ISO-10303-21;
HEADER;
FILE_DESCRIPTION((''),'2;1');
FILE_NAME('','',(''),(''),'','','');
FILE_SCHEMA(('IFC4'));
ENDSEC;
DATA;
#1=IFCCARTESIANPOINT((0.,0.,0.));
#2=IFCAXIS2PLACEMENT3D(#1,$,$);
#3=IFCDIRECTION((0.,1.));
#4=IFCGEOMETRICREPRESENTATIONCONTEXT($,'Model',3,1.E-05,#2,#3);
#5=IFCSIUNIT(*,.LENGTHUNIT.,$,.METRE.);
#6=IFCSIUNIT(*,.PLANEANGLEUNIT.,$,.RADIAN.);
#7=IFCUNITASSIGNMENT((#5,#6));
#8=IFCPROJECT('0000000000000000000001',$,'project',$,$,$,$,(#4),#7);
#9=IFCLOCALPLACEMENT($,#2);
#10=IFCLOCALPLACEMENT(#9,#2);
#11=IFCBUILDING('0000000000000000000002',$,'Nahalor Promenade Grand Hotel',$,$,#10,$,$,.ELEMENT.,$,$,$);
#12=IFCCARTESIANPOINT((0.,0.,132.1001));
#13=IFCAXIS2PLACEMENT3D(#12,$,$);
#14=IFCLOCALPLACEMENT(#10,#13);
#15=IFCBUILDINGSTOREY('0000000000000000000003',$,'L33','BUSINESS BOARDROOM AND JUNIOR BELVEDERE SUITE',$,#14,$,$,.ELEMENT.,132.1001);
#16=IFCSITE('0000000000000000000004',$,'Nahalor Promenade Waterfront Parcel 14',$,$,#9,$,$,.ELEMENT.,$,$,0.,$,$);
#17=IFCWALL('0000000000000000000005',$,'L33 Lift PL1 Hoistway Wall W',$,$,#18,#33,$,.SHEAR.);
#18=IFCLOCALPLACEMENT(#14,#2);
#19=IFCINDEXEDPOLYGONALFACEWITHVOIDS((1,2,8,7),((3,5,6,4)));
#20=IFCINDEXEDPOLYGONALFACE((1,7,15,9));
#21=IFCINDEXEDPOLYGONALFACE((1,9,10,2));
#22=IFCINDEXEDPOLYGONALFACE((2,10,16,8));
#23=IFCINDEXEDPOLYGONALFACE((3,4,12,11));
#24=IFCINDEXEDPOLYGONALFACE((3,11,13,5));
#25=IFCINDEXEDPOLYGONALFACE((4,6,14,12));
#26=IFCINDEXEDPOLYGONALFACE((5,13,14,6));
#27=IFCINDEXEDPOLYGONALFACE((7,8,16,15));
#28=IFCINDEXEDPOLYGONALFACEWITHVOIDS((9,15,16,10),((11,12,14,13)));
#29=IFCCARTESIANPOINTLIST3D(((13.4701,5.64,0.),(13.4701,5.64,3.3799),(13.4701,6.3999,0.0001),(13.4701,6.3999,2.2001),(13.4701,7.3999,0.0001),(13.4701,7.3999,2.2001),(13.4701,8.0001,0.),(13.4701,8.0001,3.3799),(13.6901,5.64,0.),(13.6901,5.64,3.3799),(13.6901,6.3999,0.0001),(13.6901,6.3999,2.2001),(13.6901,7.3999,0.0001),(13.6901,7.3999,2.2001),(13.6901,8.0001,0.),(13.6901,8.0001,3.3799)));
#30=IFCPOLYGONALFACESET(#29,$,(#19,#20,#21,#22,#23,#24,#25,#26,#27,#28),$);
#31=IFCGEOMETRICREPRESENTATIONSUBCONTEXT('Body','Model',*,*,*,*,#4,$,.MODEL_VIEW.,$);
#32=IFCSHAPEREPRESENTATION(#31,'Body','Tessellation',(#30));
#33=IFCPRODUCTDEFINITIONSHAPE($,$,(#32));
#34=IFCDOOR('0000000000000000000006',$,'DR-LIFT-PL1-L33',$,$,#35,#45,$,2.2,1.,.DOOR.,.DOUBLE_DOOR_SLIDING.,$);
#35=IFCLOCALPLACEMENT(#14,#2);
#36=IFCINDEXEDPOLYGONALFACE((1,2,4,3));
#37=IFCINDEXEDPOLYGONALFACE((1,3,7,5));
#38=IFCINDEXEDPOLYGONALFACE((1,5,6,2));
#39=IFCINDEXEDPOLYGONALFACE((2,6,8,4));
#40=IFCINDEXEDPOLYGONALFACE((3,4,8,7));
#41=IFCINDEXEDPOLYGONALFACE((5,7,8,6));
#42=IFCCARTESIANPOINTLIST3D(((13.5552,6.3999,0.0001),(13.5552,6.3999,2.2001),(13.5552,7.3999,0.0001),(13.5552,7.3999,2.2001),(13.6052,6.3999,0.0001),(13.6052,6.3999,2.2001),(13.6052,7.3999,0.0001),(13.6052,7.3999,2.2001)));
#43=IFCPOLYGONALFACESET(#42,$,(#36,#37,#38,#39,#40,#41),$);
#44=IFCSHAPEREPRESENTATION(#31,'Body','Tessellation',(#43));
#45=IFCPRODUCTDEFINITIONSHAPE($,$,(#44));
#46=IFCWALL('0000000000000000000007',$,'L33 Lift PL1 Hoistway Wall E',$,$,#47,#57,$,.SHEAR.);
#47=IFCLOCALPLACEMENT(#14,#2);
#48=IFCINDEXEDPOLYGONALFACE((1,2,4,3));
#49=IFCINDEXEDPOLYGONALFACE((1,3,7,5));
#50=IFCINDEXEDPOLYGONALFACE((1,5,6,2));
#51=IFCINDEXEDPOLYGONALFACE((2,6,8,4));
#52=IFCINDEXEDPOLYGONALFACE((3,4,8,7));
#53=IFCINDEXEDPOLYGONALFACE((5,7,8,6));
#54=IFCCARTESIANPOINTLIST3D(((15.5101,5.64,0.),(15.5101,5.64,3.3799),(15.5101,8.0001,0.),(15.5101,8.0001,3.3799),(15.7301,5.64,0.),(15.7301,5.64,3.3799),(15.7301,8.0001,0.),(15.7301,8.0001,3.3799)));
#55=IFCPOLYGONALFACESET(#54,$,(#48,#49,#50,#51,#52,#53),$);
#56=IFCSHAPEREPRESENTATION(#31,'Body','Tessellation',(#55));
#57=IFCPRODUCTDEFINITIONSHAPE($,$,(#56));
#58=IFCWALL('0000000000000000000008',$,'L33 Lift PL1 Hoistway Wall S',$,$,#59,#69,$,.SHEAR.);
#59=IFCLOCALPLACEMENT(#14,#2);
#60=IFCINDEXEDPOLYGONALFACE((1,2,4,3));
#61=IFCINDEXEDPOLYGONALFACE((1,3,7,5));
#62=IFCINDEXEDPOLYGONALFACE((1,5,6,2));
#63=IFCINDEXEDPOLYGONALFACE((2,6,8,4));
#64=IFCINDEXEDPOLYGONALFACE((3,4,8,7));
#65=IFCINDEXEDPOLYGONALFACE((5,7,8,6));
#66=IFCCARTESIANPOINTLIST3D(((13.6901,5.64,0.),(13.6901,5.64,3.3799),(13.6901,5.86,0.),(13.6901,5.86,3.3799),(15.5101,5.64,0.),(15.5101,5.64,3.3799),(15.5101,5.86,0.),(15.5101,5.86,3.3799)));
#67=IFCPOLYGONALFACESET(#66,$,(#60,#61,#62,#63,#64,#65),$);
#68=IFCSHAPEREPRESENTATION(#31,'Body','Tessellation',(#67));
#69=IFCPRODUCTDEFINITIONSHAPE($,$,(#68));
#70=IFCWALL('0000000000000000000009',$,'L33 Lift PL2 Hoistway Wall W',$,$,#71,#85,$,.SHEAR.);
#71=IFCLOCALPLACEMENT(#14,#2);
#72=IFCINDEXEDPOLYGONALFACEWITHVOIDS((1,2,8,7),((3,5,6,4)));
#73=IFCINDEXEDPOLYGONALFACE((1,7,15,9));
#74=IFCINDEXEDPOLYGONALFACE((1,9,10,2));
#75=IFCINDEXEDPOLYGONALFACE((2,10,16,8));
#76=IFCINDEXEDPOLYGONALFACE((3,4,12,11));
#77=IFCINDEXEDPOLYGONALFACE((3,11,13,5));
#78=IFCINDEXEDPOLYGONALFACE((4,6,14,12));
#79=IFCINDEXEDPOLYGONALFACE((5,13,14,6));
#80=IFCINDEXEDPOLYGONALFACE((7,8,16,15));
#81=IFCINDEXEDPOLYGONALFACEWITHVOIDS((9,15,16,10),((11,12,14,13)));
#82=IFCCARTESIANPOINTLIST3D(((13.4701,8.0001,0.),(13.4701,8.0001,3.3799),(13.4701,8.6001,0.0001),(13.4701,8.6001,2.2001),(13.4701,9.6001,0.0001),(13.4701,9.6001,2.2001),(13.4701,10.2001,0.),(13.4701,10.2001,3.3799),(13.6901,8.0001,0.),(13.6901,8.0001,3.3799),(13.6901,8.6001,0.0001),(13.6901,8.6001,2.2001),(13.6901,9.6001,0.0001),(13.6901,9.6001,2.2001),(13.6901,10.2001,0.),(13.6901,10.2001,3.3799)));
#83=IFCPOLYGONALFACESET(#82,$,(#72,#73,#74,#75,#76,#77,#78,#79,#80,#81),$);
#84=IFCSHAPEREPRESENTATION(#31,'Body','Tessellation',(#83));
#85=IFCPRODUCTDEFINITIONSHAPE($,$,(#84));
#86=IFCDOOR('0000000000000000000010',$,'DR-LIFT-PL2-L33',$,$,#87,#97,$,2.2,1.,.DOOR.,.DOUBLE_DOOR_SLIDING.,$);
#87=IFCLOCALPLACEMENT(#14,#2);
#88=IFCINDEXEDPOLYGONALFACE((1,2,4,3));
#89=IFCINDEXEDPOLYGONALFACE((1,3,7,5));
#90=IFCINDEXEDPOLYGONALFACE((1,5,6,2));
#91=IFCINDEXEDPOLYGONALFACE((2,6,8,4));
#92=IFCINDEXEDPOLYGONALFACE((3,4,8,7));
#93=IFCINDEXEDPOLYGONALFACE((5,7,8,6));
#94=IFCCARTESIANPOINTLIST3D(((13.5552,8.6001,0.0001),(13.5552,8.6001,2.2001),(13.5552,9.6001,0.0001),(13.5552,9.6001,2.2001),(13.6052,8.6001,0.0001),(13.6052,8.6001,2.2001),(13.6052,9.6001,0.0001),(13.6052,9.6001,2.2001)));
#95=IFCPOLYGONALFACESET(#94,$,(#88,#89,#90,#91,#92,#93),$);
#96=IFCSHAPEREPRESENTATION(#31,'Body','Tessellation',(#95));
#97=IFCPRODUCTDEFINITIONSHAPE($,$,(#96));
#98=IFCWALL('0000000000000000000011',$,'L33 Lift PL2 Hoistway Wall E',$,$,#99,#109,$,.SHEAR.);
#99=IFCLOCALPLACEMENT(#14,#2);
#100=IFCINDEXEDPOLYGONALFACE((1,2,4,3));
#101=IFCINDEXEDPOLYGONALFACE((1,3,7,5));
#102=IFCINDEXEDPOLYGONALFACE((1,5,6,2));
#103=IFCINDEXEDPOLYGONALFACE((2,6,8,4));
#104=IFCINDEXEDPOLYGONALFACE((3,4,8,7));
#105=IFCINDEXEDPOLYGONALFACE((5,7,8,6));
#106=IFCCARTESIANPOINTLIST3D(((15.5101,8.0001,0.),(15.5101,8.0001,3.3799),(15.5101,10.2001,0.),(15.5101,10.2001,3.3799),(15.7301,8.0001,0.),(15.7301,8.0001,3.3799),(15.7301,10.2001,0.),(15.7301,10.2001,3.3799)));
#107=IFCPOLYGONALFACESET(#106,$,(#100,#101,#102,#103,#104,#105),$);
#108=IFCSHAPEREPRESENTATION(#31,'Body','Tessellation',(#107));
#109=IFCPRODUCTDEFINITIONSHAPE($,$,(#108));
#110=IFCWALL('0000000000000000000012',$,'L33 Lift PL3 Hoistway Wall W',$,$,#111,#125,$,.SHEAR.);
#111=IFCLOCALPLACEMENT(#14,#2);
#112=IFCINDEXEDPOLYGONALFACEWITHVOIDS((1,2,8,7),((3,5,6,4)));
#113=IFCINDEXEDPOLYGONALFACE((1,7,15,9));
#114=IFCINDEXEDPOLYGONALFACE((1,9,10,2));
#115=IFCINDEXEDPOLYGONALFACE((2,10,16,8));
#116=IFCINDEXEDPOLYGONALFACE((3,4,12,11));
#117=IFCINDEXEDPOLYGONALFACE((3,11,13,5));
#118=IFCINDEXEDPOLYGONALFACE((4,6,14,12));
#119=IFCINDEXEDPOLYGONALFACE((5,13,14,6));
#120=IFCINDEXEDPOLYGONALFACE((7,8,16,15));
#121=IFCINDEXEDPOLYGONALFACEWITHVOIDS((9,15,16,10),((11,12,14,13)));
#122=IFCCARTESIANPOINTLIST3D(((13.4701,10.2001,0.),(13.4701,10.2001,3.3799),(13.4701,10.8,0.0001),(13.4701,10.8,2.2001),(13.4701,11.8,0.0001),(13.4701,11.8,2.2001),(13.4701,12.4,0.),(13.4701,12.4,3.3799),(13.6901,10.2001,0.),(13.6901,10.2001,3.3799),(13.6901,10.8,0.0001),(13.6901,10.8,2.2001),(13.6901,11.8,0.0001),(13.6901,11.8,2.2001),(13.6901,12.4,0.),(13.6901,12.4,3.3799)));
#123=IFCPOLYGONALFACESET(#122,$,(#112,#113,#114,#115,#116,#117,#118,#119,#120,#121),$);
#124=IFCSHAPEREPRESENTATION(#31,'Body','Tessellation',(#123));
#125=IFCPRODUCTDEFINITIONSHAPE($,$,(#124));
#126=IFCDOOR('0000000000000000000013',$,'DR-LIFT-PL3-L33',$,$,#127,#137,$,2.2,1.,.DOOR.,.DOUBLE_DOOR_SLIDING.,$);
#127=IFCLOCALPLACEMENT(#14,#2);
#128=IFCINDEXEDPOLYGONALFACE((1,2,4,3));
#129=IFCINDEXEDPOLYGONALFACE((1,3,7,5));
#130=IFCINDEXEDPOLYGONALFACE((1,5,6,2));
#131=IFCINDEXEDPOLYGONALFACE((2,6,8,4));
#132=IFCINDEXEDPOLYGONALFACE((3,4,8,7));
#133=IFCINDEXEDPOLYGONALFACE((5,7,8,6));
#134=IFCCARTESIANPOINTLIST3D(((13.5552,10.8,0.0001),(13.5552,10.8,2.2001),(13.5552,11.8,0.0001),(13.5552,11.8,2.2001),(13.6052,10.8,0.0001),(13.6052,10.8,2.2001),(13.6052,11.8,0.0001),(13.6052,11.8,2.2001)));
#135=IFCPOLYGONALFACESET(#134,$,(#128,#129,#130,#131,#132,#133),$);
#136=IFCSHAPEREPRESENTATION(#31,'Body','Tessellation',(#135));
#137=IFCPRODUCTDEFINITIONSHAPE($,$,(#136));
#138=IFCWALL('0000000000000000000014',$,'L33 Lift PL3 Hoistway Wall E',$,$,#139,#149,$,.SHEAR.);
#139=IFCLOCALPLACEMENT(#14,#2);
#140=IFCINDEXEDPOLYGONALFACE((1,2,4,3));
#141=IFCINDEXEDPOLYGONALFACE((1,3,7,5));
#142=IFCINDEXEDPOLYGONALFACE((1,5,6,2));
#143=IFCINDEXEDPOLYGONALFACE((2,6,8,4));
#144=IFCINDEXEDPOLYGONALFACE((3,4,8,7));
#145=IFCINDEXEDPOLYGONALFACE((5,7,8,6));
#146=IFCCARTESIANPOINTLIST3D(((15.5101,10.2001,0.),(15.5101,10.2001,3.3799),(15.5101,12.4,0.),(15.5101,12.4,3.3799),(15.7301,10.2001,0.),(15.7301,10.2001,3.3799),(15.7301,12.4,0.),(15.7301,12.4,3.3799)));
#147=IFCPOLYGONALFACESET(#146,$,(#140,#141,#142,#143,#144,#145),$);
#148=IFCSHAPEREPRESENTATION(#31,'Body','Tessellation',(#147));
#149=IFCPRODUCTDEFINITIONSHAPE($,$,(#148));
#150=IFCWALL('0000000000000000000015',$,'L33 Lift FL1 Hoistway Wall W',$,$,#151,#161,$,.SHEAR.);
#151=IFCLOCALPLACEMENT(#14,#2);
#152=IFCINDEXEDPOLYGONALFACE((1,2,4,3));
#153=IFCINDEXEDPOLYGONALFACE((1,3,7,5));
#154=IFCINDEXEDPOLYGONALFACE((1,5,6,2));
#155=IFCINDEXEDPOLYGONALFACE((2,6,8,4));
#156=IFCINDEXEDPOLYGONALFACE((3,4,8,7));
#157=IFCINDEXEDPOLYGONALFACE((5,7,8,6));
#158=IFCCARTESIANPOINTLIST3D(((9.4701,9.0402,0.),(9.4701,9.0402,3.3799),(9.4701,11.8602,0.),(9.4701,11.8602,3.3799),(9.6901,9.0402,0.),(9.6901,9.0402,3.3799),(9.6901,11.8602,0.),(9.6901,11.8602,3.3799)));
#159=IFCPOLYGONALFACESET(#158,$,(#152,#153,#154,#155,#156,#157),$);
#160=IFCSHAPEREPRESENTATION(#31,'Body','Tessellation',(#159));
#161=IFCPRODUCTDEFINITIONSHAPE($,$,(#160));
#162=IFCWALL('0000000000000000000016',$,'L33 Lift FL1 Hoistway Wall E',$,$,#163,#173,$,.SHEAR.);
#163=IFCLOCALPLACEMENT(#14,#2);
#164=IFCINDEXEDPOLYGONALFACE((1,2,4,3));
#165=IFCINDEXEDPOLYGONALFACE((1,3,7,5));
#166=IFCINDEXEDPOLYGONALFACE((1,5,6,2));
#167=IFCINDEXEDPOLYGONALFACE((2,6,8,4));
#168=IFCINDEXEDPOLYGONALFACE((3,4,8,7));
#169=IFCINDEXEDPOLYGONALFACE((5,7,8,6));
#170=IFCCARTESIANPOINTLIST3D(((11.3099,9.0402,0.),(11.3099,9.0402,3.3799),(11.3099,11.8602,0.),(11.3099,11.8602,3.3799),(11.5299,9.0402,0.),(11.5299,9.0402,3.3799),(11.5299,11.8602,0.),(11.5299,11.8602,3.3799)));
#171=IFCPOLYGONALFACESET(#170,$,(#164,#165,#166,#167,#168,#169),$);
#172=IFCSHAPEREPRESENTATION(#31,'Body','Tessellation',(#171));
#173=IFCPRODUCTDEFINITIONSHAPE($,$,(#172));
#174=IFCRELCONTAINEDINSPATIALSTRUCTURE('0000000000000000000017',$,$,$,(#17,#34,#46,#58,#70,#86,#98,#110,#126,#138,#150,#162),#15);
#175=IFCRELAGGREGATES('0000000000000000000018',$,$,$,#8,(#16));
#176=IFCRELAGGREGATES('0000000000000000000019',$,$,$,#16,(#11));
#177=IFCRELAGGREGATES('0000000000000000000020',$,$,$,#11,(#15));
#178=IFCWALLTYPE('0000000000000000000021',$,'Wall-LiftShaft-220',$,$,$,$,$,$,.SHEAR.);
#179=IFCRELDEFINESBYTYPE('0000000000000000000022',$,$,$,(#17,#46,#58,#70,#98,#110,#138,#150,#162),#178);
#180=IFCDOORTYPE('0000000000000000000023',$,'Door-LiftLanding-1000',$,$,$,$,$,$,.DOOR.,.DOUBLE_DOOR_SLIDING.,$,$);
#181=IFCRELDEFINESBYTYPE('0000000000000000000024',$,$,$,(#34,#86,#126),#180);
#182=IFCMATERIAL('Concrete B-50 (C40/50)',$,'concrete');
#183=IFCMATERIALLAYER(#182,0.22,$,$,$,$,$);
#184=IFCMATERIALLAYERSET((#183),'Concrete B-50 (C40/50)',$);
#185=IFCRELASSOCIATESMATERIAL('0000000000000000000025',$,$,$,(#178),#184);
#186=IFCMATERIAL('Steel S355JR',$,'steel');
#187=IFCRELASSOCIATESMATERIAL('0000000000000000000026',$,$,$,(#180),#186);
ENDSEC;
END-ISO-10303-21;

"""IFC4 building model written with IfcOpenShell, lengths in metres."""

from ifc_helpers import new_model, si_unit, direction, frame, frame_2d, origin, place, context, subcontext, project, spatial, rectangle, extrude, source, transform, mapped, material, layer, layer_set, type_object, element, fill, save


model = new_model("IFC4")

# Units and contexts
model_context = context("Model", 3, precision=1e-05, world=origin(), true_north=direction((0.0, 1.0)))
body_context = subcontext(model_context, "Body", "Model", "MODEL_VIEW")
ifc_project = project(units=[si_unit("LENGTHUNIT", "METRE"), si_unit("PLANEANGLEUNIT", "RADIAN")], contexts=[model_context])

# Site, building, storey
site_placement = place(None, origin())
site = spatial("IfcSite", under=ifc_project, at=site_placement, Name="Nahalor Promenade Waterfront Parcel 14", CompositionType="ELEMENT", RefElevation=0.0)
building_placement = place(site_placement, origin())
building = spatial("IfcBuilding", under=site, at=building_placement, Name="Nahalor Promenade Grand Hotel", CompositionType="ELEMENT")
storey_placement = place(building_placement, frame((0.0, 0.0, 132.1001)))
storey = spatial("IfcBuildingStorey", under=building, at=storey_placement, Name="L33", Description="BUSINESS BOARDROOM AND JUNIOR BELVEDERE SUITE", CompositionType="ELEMENT", Elevation=132.1001)

# Shared definitions
ifc_material_1 = material(Name="Steel S355JR", Category="steel")

# Shared definitions
ifc_material_2 = material(Name="Concrete B-50 (C40/50)", Category="concrete")

# Shared definitions
ifc_layer_1 = layer(ifc_material_2, 0.22)
ifc_layer_set_1 = layer_set([ifc_layer_1], Name="Concrete B-50 (C40/50)")
wall_type_1 = type_object("IfcWallType", Name="Wall-LiftShaft-220", PredefinedType="SHEAR", material=ifc_layer_set_1)

# Wall, opening, door
shared_shape_1 = source(origin(), body_context, "Body", "SweptSolid", [
    extrude(rectangle(XDim=2.3601, YDim=0.22, at=frame_2d((1.1802, 0.0))), origin(), (0.0, 0.0, 1.0), 3.3799),
])
wall_1_placement = place(storey_placement, frame((13.5801, 5.6399, 0.0), z_axis=(0.0, 0.0, 1.0), x_axis=(0.0, 1.0, 0.0)))
wall_1 = element("IfcWall", 1, at=wall_1_placement, inside=storey, type_object=wall_type_1, Name="L33 Lift PL1 Hoistway Wall W", PredefinedType="SHEAR", context=body_context, shape_type="MappedRepresentation", body=[
    mapped(shared_shape_1, transform((0.0, 0.0, 0.0), scale=1.0)),
])
opening_1_placement = place(wall_1_placement, frame((0.76, 0.0, 0.0)))
opening_1 = element("IfcOpeningElement", 2, at=opening_1_placement, cuts=wall_1, PredefinedType="OPENING", context=body_context, shape_type="SweptSolid", body=[
    extrude(rectangle(XDim=1.0, YDim=2.2, at=frame_2d((0.5, 1.1001))), frame((0.0, 0.1199, 0.0), z_axis=(0.0, -1.0, 0.0), x_axis=(1.0, 0.0, 0.0)), (0.0, 0.0, 1.0), 0.24),
])
door_type_1 = type_object("IfcDoorType", Name="Door-LiftLanding-1000", OperationType="DOUBLE_DOOR_SLIDING", PredefinedType="DOOR", material=ifc_material_1)
shared_shape_2 = source(origin(), body_context, "Body", "SweptSolid", [
    extrude(rectangle(XDim=1.0, YDim=2.2, at=frame_2d((0.5, 1.1001))), frame((0.0, 0.0249, 0.0), z_axis=(0.0, -1.0, 0.0), x_axis=(1.0, 0.0, 0.0)), (0.0, 0.0, 1.0), 0.05),
])
door_1_placement = place(opening_1_placement, origin())
door_1 = element("IfcDoor", 3, at=door_1_placement, inside=storey, type_object=door_type_1, Name="DR-LIFT-PL1-L33", OperationType="DOUBLE_DOOR_SLIDING", OverallHeight=2.2, OverallWidth=1.0, PredefinedType="DOOR", context=body_context, shape_type="MappedRepresentation", body=[
    mapped(shared_shape_2, transform((0.0, 0.0, 0.0), scale=1.0)),
])
fill(opening_1, door_1)

# Walls
wall_2_placement = place(storey_placement, frame((15.6201, 5.6399, 0.0), z_axis=(0.0, 0.0, 1.0), x_axis=(0.0, 1.0, 0.0)))
element("IfcWall", 4, at=wall_2_placement, inside=storey, type_object=wall_type_1, Name="L33 Lift PL1 Hoistway Wall E", PredefinedType="SHEAR", context=body_context, shape_type="MappedRepresentation", body=[
    mapped(shared_shape_1, transform((0.0, 0.0, 0.0), scale=1.0)),
])
shared_shape_3 = source(origin(), body_context, "Body", "SweptSolid", [
    extrude(rectangle(XDim=1.8201, YDim=0.22, at=frame_2d((0.9102, 0.0))), origin(), (0.0, 0.0, 1.0), 3.3799),
])
wall_3_placement = place(storey_placement, frame((13.6899, 5.75, 0.0), z_axis=(0.0, 0.0, 1.0), x_axis=(1.0, 0.0, 0.0)))
element("IfcWall", 5, at=wall_3_placement, inside=storey, type_object=wall_type_1, Name="L33 Lift PL1 Hoistway Wall S", PredefinedType="SHEAR", context=body_context, shape_type="MappedRepresentation", body=[
    mapped(shared_shape_3, transform((0.0, 0.0, 0.0), scale=1.0)),
])

# Wall, opening, door
shared_shape_4 = source(origin(), body_context, "Body", "SweptSolid", [
    extrude(rectangle(XDim=2.2, YDim=0.22, at=frame_2d((1.1001, 0.0))), origin(), (0.0, 0.0, 1.0), 3.3799),
])
wall_4_placement = place(storey_placement, frame((13.5801, 8.0, 0.0), z_axis=(0.0, 0.0, 1.0), x_axis=(0.0, 1.0, 0.0)))
wall_4 = element("IfcWall", 6, at=wall_4_placement, inside=storey, type_object=wall_type_1, Name="L33 Lift PL2 Hoistway Wall W", PredefinedType="SHEAR", context=body_context, shape_type="MappedRepresentation", body=[
    mapped(shared_shape_4, transform((0.0, 0.0, 0.0), scale=1.0)),
])
opening_2_placement = place(wall_4_placement, frame((0.6001, 0.0, 0.0)))
opening_2 = element("IfcOpeningElement", 7, at=opening_2_placement, cuts=wall_4, PredefinedType="OPENING", context=body_context, shape_type="SweptSolid", body=[
    extrude(rectangle(XDim=1.0, YDim=2.2, at=frame_2d((0.5, 1.1001))), frame((0.0, 0.1199, 0.0), z_axis=(0.0, -1.0, 0.0), x_axis=(1.0, 0.0, 0.0)), (0.0, 0.0, 1.0), 0.24),
])
door_2_placement = place(opening_2_placement, origin())
door_2 = element("IfcDoor", 8, at=door_2_placement, inside=storey, type_object=door_type_1, Name="DR-LIFT-PL2-L33", OperationType="DOUBLE_DOOR_SLIDING", OverallHeight=2.2, OverallWidth=1.0, PredefinedType="DOOR", context=body_context, shape_type="MappedRepresentation", body=[
    mapped(shared_shape_2, transform((0.0, 0.0, 0.0), scale=1.0)),
])
fill(opening_2, door_2)

# Wall
wall_5_placement = place(storey_placement, frame((15.6201, 8.0, 0.0), z_axis=(0.0, 0.0, 1.0), x_axis=(0.0, 1.0, 0.0)))
element("IfcWall", 9, at=wall_5_placement, inside=storey, type_object=wall_type_1, Name="L33 Lift PL2 Hoistway Wall E", PredefinedType="SHEAR", context=body_context, shape_type="MappedRepresentation", body=[
    mapped(shared_shape_4, transform((0.0, 0.0, 0.0), scale=1.0)),
])

# Wall, opening, door
wall_6_placement = place(storey_placement, frame((13.5801, 10.2, 0.0), z_axis=(0.0, 0.0, 1.0), x_axis=(0.0, 1.0, 0.0)))
wall_6 = element("IfcWall", 10, at=wall_6_placement, inside=storey, type_object=wall_type_1, Name="L33 Lift PL3 Hoistway Wall W", PredefinedType="SHEAR", context=body_context, shape_type="MappedRepresentation", body=[
    mapped(shared_shape_4, transform((0.0, 0.0, 0.0), scale=1.0)),
])
opening_3_placement = place(wall_6_placement, frame((0.6001, 0.0, 0.0)))
opening_3 = element("IfcOpeningElement", 11, at=opening_3_placement, cuts=wall_6, PredefinedType="OPENING", context=body_context, shape_type="SweptSolid", body=[
    extrude(rectangle(XDim=1.0, YDim=2.2, at=frame_2d((0.5, 1.1001))), frame((0.0, 0.1199, 0.0), z_axis=(0.0, -1.0, 0.0), x_axis=(1.0, 0.0, 0.0)), (0.0, 0.0, 1.0), 0.24),
])
door_3_placement = place(opening_3_placement, origin())
door_3 = element("IfcDoor", 12, at=door_3_placement, inside=storey, type_object=door_type_1, Name="DR-LIFT-PL3-L33", OperationType="DOUBLE_DOOR_SLIDING", OverallHeight=2.2, OverallWidth=1.0, PredefinedType="DOOR", context=body_context, shape_type="MappedRepresentation", body=[
    mapped(shared_shape_2, transform((0.0, 0.0, 0.0), scale=1.0)),
])
fill(opening_3, door_3)

# Walls
wall_7_placement = place(storey_placement, frame((15.6201, 10.2, 0.0), z_axis=(0.0, 0.0, 1.0), x_axis=(0.0, 1.0, 0.0)))
element("IfcWall", 13, at=wall_7_placement, inside=storey, type_object=wall_type_1, Name="L33 Lift PL3 Hoistway Wall E", PredefinedType="SHEAR", context=body_context, shape_type="MappedRepresentation", body=[
    mapped(shared_shape_4, transform((0.0, 0.0, 0.0), scale=1.0)),
])
shared_shape_5 = source(origin(), body_context, "Body", "SweptSolid", [
    extrude(rectangle(XDim=2.8201, YDim=0.22, at=frame_2d((1.4102, 0.0))), origin(), (0.0, 0.0, 1.0), 3.3799),
])
for number, where, z_axis, x_axis, name in (
    (14, (9.5801, 9.04, 0.0), (0.0, 0.0, 1.0), (0.0, 1.0, 0.0), "L33 Lift FL1 Hoistway Wall W"),
    (15, (11.4199, 9.04, 0.0), (0.0, 0.0, 1.0), (0.0, 1.0, 0.0), "L33 Lift FL1 Hoistway Wall E"),
):
    element("IfcWall", number, at=place(storey_placement, frame(where, z_axis=z_axis, x_axis=x_axis)), inside=storey, type_object=wall_type_1, Name=name, PredefinedType="SHEAR", context=body_context, shape_type="MappedRepresentation", body=[
        mapped(shared_shape_5, transform((0.0, 0.0, 0.0), scale=1.0)),
    ])

save(model, "model.ifc")
